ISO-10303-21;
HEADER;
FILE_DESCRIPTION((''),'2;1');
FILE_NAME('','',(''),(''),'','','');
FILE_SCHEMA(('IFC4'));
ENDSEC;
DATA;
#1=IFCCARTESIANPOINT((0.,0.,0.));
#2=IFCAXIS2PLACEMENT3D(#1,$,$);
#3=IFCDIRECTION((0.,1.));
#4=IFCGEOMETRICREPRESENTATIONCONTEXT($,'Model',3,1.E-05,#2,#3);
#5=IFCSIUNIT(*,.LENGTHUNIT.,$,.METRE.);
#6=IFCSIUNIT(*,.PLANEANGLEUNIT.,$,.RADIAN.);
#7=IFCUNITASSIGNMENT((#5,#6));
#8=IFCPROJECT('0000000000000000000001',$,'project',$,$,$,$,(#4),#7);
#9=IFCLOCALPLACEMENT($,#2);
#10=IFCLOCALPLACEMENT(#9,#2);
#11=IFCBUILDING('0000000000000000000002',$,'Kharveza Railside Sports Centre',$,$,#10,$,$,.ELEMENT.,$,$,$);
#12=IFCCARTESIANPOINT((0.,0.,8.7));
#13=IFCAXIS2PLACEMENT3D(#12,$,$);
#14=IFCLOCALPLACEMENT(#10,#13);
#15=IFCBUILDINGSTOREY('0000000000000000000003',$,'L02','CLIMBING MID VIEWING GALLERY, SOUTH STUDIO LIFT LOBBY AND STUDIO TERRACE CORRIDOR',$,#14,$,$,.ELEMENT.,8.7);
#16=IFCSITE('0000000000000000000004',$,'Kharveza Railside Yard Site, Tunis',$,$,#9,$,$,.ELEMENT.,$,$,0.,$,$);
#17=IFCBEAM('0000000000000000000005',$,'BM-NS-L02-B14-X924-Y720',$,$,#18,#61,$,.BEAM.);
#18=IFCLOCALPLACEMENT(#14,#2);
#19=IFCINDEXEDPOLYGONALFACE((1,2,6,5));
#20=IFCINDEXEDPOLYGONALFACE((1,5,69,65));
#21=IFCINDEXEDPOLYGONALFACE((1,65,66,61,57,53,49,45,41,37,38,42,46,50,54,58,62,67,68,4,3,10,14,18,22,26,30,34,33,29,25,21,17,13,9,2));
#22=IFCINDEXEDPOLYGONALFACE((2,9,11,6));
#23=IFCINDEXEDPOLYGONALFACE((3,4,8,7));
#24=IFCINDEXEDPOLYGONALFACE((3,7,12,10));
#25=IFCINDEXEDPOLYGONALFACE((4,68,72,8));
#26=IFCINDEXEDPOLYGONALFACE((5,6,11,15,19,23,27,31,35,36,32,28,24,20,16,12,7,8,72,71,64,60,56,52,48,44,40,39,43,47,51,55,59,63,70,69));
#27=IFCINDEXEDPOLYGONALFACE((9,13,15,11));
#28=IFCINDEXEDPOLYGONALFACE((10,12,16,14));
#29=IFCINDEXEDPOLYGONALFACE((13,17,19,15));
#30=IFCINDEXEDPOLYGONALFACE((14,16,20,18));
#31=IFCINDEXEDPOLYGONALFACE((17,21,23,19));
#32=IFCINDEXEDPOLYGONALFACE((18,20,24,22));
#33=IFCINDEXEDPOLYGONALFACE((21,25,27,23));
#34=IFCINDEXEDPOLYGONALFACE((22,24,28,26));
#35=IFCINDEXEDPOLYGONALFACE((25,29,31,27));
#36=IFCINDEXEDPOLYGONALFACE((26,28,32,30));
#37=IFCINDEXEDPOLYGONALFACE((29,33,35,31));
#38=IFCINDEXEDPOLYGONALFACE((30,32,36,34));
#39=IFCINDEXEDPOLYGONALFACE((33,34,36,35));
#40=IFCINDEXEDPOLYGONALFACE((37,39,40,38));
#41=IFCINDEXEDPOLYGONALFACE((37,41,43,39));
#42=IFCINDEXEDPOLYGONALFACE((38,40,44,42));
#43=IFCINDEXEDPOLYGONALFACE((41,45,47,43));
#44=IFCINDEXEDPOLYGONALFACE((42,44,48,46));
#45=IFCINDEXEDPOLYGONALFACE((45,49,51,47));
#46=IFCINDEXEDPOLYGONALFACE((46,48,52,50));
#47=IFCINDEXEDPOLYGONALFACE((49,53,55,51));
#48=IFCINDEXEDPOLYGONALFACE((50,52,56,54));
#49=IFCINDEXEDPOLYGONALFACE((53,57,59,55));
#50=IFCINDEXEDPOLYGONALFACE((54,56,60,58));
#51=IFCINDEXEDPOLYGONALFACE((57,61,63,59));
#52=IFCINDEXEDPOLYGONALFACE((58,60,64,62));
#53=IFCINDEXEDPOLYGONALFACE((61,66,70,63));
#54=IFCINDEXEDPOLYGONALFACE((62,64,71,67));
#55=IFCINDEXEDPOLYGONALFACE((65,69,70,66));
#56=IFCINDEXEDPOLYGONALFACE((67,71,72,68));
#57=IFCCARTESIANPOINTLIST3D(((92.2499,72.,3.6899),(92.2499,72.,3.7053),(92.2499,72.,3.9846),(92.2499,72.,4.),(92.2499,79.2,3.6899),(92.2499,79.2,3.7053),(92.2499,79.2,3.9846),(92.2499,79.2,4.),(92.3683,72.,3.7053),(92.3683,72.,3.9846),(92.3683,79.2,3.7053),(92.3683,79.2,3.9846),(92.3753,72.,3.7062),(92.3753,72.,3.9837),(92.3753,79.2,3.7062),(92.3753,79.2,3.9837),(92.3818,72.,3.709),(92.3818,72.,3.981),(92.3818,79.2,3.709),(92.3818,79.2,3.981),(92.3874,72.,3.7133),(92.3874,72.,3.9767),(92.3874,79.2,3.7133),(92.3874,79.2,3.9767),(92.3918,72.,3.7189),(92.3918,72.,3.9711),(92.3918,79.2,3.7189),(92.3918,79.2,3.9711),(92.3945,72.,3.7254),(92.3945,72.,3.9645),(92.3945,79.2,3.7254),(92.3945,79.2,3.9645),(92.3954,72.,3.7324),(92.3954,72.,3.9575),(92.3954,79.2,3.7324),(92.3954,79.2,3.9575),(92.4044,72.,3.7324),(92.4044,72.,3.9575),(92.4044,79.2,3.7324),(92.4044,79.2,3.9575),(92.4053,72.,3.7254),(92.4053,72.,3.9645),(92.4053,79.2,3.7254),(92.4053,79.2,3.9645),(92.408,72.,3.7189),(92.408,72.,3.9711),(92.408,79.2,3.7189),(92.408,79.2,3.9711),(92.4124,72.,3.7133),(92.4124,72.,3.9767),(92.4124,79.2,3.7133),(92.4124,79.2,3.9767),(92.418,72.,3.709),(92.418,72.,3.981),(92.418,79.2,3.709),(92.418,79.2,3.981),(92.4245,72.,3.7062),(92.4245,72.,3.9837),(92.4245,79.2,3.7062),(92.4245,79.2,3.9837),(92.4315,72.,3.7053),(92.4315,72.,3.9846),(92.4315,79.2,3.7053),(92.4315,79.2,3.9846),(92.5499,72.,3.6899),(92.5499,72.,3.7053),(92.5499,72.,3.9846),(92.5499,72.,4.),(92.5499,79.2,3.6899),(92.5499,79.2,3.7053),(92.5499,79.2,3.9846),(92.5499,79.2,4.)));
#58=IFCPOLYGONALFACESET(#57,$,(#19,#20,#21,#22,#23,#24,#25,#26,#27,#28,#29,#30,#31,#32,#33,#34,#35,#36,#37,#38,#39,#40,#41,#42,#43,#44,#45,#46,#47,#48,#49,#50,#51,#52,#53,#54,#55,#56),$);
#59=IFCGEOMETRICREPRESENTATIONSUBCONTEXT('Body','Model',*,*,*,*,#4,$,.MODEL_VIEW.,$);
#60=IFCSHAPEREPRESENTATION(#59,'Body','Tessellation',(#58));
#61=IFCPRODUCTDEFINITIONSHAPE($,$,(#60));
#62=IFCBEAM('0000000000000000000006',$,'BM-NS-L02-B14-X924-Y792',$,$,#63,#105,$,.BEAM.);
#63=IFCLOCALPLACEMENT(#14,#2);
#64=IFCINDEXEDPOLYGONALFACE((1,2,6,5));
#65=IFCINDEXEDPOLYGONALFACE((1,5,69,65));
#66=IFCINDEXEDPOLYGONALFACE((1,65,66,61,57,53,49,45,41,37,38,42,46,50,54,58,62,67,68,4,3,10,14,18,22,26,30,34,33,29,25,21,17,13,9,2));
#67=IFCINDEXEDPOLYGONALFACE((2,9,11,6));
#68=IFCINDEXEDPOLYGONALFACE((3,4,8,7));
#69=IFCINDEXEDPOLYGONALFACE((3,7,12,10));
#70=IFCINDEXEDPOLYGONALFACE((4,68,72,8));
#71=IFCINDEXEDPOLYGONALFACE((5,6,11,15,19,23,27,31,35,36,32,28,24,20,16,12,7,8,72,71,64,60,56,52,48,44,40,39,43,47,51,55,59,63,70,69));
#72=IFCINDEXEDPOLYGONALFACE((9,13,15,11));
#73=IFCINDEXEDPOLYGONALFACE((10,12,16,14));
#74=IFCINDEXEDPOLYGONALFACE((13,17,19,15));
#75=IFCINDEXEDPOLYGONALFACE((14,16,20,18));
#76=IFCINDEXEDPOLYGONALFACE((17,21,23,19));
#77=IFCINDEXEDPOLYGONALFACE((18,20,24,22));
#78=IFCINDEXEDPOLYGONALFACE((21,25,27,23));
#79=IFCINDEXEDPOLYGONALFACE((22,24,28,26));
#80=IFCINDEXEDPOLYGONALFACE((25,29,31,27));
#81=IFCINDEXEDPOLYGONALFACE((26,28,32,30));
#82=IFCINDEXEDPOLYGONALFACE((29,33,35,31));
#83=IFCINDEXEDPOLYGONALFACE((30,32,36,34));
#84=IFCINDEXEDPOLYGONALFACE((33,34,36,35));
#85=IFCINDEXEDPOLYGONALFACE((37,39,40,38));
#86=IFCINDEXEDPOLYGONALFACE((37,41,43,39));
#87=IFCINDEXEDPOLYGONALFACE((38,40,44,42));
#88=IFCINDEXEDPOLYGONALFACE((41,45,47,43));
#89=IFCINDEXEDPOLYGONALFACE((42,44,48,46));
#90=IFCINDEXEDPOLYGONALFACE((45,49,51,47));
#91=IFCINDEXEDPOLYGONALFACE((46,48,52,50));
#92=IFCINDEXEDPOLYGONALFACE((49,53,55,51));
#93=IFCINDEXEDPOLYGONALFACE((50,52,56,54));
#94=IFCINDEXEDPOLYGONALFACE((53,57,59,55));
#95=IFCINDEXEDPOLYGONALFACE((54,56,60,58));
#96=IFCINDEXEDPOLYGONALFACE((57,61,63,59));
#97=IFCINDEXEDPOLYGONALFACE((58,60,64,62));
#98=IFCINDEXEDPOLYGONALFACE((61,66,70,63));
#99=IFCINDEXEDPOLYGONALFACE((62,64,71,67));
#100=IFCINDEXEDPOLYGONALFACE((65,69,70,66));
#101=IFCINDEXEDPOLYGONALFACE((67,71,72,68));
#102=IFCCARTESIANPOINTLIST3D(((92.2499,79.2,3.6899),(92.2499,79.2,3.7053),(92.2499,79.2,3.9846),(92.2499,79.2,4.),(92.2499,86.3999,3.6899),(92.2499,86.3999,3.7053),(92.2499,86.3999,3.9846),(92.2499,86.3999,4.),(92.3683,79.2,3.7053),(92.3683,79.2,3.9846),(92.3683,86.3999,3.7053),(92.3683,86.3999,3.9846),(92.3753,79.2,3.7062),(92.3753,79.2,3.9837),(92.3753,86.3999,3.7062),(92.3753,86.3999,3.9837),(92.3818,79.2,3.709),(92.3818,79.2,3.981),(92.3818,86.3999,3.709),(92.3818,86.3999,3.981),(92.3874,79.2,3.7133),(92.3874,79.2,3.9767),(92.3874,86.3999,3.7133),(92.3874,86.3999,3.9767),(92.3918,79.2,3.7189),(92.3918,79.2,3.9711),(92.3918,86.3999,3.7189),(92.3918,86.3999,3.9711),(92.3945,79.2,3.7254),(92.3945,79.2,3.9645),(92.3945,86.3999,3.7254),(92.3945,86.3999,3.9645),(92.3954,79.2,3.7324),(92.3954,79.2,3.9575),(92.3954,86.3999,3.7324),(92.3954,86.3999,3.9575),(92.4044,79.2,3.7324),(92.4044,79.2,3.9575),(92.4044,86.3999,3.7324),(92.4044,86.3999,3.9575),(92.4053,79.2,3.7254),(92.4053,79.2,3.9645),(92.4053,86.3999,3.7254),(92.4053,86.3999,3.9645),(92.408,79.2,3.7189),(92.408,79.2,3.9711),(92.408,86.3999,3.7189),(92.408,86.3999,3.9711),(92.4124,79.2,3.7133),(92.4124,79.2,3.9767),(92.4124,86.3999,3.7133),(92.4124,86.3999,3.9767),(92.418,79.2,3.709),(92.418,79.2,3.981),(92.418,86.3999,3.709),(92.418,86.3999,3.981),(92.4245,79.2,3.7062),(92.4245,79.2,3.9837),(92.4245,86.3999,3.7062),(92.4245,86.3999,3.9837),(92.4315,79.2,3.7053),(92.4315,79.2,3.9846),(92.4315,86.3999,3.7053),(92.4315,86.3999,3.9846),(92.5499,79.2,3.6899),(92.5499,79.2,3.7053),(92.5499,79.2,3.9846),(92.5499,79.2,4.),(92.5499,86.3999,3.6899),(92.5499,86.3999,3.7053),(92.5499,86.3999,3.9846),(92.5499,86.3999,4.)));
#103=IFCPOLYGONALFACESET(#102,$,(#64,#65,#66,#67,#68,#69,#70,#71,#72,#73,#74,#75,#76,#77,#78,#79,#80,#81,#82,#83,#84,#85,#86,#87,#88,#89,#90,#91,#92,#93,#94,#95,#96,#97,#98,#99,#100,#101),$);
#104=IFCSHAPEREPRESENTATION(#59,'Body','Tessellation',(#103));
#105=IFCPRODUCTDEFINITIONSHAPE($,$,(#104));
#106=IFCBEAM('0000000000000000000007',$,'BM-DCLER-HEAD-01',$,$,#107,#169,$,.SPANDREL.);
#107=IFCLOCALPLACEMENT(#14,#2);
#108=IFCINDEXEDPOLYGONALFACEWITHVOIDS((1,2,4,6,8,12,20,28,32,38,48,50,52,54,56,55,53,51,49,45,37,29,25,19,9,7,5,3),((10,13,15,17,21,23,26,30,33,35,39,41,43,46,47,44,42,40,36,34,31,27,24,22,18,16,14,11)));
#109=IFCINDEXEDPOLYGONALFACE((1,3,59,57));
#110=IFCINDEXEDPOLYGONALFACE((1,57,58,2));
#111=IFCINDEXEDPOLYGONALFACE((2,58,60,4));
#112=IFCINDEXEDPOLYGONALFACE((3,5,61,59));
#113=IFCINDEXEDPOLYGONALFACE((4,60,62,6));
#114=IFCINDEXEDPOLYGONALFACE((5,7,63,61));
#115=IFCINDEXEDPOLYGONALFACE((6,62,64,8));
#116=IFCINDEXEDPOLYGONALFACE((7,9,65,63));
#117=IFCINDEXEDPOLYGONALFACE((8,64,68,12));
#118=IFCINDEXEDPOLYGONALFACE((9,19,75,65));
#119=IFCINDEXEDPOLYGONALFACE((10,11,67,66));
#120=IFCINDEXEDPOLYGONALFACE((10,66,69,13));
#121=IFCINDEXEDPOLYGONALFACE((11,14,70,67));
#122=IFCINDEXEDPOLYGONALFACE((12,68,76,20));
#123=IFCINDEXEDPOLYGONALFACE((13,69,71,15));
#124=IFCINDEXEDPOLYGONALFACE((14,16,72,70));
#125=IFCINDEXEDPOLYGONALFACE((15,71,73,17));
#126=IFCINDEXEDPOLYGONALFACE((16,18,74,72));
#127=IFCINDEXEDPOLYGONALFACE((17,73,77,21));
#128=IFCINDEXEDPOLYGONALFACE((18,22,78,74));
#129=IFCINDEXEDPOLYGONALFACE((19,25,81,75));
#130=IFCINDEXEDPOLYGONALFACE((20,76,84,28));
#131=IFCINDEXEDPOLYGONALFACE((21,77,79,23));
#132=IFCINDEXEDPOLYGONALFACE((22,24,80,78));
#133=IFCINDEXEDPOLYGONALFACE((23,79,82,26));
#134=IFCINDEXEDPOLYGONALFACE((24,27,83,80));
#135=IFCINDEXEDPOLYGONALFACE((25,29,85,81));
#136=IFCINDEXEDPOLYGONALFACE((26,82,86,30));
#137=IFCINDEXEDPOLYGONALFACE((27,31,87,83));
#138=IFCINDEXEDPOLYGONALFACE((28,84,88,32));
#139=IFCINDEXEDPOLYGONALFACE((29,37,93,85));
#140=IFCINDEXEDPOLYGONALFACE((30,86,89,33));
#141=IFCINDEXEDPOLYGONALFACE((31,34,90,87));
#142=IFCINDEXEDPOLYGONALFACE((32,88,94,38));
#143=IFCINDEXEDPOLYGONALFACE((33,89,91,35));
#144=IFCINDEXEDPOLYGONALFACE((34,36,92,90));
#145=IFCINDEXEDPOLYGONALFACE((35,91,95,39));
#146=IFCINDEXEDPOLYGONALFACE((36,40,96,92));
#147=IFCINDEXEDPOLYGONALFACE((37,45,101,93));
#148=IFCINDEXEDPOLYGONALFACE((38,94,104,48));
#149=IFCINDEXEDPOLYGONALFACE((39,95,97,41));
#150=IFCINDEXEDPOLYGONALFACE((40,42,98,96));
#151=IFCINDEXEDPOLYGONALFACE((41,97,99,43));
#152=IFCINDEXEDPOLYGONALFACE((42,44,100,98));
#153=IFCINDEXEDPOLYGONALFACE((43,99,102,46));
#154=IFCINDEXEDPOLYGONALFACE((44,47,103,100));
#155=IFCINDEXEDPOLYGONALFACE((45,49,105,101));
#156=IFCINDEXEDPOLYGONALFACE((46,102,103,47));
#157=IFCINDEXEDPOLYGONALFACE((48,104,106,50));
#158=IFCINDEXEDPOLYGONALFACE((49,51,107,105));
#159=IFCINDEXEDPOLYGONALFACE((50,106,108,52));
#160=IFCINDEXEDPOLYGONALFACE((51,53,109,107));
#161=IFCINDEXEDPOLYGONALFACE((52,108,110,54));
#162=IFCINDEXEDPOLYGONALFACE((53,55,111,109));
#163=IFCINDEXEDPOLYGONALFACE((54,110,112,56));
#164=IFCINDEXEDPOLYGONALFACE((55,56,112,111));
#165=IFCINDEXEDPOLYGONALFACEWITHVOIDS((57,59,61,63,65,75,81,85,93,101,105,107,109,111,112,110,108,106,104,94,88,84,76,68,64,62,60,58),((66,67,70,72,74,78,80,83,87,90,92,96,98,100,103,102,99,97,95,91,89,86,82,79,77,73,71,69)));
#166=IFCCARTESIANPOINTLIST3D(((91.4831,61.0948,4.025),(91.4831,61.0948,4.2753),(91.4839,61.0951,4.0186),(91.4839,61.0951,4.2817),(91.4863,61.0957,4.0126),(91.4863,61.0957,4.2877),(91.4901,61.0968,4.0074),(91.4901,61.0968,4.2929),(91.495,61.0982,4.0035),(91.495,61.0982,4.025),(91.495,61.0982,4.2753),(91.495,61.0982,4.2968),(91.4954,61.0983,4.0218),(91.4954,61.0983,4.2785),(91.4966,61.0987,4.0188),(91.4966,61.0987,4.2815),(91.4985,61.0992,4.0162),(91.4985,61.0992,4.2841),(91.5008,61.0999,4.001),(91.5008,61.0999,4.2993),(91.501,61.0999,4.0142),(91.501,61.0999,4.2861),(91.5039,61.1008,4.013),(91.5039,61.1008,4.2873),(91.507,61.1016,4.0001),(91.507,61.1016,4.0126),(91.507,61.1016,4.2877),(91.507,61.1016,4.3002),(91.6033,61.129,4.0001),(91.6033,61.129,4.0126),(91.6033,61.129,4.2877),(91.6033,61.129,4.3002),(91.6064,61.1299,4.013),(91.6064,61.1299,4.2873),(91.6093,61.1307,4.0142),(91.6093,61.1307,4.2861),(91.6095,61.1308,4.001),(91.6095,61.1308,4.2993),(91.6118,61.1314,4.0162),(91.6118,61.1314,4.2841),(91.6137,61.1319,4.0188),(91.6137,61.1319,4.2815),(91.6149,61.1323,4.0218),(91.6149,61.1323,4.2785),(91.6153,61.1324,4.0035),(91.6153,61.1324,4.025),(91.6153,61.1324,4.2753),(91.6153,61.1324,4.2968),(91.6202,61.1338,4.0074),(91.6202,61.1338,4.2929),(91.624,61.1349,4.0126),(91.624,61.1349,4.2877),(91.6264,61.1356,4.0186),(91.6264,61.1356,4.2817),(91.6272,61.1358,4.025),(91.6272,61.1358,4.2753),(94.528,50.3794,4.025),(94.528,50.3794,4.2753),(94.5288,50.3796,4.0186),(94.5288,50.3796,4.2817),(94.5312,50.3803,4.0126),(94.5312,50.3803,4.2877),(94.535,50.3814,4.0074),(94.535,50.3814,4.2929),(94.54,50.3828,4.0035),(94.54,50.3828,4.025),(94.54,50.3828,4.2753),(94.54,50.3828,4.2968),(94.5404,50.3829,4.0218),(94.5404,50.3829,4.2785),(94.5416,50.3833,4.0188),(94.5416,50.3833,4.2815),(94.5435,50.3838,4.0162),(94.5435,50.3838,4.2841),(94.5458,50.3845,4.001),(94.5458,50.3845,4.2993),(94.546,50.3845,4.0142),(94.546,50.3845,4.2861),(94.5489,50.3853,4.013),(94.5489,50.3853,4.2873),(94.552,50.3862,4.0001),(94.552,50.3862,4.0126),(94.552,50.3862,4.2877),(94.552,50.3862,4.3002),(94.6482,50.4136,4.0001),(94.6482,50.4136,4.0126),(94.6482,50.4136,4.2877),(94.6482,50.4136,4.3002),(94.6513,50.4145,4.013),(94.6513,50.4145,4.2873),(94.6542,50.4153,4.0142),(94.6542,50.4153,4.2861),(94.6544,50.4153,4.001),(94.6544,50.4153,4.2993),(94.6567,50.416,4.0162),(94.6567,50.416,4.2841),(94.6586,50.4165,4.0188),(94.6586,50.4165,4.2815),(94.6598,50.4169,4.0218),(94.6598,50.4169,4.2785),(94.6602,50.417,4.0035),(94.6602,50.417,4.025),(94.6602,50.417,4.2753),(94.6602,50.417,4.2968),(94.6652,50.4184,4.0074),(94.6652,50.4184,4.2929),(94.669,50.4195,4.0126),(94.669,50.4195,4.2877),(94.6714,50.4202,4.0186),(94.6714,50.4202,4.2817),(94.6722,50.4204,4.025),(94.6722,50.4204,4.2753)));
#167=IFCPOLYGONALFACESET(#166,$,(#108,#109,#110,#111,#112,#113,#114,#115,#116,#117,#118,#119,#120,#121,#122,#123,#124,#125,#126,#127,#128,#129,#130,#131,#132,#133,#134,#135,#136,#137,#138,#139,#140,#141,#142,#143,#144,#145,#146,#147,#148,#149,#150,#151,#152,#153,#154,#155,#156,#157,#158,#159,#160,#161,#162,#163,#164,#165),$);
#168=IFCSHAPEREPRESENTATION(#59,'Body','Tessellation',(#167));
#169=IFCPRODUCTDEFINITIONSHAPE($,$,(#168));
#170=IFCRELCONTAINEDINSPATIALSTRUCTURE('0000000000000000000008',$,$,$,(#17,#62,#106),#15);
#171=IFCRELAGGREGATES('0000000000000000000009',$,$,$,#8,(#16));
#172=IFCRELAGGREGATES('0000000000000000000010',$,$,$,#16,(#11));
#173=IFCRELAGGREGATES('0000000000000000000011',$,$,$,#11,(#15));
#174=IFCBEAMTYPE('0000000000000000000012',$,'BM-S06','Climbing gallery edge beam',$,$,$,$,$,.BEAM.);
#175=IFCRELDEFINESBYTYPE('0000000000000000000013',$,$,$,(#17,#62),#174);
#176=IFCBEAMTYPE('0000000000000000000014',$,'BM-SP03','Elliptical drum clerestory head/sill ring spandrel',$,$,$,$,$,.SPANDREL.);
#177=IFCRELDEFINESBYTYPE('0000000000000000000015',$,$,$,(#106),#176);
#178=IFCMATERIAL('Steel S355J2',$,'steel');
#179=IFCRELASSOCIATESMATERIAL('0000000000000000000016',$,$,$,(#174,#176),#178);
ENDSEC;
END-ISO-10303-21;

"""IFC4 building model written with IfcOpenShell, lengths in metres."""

from ifc_helpers import new_model, si_unit, direction, frame, origin, origin_2d, place, context, subcontext, project, spatial, hollow_rectangle, i_section, extrude, material, material_profile, profile_set, type_object, element, save


model = new_model("IFC4")

# Units and contexts
model_context = context("Model", 3, precision=1e-05, world=origin(), true_north=direction((0.0, 1.0)))
body_context = subcontext(model_context, "Body", "Model", "MODEL_VIEW")
ifc_project = project(units=[si_unit("LENGTHUNIT", "METRE"), si_unit("PLANEANGLEUNIT", "RADIAN")], contexts=[model_context])

# Site, building, storey
site_placement = place(None, origin())
site = spatial("IfcSite", under=ifc_project, at=site_placement, Name="Kharveza Railside Yard Site, Tunis", CompositionType="ELEMENT", RefElevation=0.0)
building_placement = place(site_placement, origin())
building = spatial("IfcBuilding", under=site, at=building_placement, Name="Kharveza Railside Sports Centre", CompositionType="ELEMENT")
storey_placement = place(building_placement, frame((0.0, 0.0, 8.7)))
storey = spatial("IfcBuildingStorey", under=building, at=storey_placement, Name="L02", Description="CLIMBING MID VIEWING GALLERY, SOUTH STUDIO LIFT LOBBY AND STUDIO TERRACE CORRIDOR", CompositionType="ELEMENT", Elevation=8.7)

# Shared definitions
ifc_material_1 = material(Name="Steel S355J2", Category="steel")

# Beams
ifc_material_profile_1 = material_profile(ifc_material_1, i_section(OverallWidth=0.3, OverallDepth=0.3101, WebThickness=0.009, FlangeThickness=0.0154, FilletRadius=0.0271, at=origin_2d()), Name="HEA 320")
ifc_profile_set_1 = profile_set([ifc_material_profile_1], Name="Steel S355J2")
beam_type_1 = type_object("IfcBeamType", Name="BM-S06", Description="Climbing gallery edge beam", PredefinedType="BEAM", material=ifc_profile_set_1)
for number, where, z_axis, x_axis, name in (
    (1, (92.3999, 72.0, 3.845), (0.0, 1.0, 0.0), (-1.0, 0.0, 0.0), "BM-NS-L02-B14-X924-Y720"),
    (2, (92.3999, 79.2, 3.845), (0.0, 1.0, 0.0), (-1.0, 0.0, 0.0), "BM-NS-L02-B14-X924-Y792"),
):
    element("IfcBeam", number, at=place(storey_placement, frame(where, z_axis=z_axis, x_axis=x_axis)), inside=storey, type_object=beam_type_1, Name=name, PredefinedType="BEAM", context=body_context, shape_type="SweptSolid", body=[
        extrude(i_section(OverallWidth=0.3, OverallDepth=0.3101, WebThickness=0.009, FlangeThickness=0.0154, FilletRadius=0.0271, at=origin_2d()), origin(), (0.0, 0.0, 1.0), 7.2),
    ])
ifc_material_profile_2 = material_profile(ifc_material_1, hollow_rectangle(XDim=0.1499, YDim=0.3, WallThickness=0.0125, InnerFilletRadius=0.0125, OuterFilletRadius=0.0249, at=origin_2d()), Name="RHS 150x300x12.5")
ifc_profile_set_2 = profile_set([ifc_material_profile_2], Name="Steel S355J2")
beam_type_2 = type_object("IfcBeamType", Name="BM-SP03", Description="Elliptical drum clerestory head/sill ring spandrel", PredefinedType="SPANDREL", material=ifc_profile_set_2)
beam_1_placement = place(storey_placement, frame((94.6001, 50.3999, 4.1501), z_axis=(-0.273343, 0.961917, 0.0), x_axis=(-0.961917, -0.273343, 0.0)))
element("IfcBeam", 3, at=beam_1_placement, inside=storey, type_object=beam_type_2, Name="BM-DCLER-HEAD-01", PredefinedType="SPANDREL", context=body_context, shape_type="SweptSolid", body=[
    extrude(hollow_rectangle(XDim=0.1499, YDim=0.3, WallThickness=0.0125, InnerFilletRadius=0.0125, OuterFilletRadius=0.0249, at=origin_2d()), origin(), (0.0, 0.0, 1.0), 11.1396),
])

save(model, "model.ifc")
